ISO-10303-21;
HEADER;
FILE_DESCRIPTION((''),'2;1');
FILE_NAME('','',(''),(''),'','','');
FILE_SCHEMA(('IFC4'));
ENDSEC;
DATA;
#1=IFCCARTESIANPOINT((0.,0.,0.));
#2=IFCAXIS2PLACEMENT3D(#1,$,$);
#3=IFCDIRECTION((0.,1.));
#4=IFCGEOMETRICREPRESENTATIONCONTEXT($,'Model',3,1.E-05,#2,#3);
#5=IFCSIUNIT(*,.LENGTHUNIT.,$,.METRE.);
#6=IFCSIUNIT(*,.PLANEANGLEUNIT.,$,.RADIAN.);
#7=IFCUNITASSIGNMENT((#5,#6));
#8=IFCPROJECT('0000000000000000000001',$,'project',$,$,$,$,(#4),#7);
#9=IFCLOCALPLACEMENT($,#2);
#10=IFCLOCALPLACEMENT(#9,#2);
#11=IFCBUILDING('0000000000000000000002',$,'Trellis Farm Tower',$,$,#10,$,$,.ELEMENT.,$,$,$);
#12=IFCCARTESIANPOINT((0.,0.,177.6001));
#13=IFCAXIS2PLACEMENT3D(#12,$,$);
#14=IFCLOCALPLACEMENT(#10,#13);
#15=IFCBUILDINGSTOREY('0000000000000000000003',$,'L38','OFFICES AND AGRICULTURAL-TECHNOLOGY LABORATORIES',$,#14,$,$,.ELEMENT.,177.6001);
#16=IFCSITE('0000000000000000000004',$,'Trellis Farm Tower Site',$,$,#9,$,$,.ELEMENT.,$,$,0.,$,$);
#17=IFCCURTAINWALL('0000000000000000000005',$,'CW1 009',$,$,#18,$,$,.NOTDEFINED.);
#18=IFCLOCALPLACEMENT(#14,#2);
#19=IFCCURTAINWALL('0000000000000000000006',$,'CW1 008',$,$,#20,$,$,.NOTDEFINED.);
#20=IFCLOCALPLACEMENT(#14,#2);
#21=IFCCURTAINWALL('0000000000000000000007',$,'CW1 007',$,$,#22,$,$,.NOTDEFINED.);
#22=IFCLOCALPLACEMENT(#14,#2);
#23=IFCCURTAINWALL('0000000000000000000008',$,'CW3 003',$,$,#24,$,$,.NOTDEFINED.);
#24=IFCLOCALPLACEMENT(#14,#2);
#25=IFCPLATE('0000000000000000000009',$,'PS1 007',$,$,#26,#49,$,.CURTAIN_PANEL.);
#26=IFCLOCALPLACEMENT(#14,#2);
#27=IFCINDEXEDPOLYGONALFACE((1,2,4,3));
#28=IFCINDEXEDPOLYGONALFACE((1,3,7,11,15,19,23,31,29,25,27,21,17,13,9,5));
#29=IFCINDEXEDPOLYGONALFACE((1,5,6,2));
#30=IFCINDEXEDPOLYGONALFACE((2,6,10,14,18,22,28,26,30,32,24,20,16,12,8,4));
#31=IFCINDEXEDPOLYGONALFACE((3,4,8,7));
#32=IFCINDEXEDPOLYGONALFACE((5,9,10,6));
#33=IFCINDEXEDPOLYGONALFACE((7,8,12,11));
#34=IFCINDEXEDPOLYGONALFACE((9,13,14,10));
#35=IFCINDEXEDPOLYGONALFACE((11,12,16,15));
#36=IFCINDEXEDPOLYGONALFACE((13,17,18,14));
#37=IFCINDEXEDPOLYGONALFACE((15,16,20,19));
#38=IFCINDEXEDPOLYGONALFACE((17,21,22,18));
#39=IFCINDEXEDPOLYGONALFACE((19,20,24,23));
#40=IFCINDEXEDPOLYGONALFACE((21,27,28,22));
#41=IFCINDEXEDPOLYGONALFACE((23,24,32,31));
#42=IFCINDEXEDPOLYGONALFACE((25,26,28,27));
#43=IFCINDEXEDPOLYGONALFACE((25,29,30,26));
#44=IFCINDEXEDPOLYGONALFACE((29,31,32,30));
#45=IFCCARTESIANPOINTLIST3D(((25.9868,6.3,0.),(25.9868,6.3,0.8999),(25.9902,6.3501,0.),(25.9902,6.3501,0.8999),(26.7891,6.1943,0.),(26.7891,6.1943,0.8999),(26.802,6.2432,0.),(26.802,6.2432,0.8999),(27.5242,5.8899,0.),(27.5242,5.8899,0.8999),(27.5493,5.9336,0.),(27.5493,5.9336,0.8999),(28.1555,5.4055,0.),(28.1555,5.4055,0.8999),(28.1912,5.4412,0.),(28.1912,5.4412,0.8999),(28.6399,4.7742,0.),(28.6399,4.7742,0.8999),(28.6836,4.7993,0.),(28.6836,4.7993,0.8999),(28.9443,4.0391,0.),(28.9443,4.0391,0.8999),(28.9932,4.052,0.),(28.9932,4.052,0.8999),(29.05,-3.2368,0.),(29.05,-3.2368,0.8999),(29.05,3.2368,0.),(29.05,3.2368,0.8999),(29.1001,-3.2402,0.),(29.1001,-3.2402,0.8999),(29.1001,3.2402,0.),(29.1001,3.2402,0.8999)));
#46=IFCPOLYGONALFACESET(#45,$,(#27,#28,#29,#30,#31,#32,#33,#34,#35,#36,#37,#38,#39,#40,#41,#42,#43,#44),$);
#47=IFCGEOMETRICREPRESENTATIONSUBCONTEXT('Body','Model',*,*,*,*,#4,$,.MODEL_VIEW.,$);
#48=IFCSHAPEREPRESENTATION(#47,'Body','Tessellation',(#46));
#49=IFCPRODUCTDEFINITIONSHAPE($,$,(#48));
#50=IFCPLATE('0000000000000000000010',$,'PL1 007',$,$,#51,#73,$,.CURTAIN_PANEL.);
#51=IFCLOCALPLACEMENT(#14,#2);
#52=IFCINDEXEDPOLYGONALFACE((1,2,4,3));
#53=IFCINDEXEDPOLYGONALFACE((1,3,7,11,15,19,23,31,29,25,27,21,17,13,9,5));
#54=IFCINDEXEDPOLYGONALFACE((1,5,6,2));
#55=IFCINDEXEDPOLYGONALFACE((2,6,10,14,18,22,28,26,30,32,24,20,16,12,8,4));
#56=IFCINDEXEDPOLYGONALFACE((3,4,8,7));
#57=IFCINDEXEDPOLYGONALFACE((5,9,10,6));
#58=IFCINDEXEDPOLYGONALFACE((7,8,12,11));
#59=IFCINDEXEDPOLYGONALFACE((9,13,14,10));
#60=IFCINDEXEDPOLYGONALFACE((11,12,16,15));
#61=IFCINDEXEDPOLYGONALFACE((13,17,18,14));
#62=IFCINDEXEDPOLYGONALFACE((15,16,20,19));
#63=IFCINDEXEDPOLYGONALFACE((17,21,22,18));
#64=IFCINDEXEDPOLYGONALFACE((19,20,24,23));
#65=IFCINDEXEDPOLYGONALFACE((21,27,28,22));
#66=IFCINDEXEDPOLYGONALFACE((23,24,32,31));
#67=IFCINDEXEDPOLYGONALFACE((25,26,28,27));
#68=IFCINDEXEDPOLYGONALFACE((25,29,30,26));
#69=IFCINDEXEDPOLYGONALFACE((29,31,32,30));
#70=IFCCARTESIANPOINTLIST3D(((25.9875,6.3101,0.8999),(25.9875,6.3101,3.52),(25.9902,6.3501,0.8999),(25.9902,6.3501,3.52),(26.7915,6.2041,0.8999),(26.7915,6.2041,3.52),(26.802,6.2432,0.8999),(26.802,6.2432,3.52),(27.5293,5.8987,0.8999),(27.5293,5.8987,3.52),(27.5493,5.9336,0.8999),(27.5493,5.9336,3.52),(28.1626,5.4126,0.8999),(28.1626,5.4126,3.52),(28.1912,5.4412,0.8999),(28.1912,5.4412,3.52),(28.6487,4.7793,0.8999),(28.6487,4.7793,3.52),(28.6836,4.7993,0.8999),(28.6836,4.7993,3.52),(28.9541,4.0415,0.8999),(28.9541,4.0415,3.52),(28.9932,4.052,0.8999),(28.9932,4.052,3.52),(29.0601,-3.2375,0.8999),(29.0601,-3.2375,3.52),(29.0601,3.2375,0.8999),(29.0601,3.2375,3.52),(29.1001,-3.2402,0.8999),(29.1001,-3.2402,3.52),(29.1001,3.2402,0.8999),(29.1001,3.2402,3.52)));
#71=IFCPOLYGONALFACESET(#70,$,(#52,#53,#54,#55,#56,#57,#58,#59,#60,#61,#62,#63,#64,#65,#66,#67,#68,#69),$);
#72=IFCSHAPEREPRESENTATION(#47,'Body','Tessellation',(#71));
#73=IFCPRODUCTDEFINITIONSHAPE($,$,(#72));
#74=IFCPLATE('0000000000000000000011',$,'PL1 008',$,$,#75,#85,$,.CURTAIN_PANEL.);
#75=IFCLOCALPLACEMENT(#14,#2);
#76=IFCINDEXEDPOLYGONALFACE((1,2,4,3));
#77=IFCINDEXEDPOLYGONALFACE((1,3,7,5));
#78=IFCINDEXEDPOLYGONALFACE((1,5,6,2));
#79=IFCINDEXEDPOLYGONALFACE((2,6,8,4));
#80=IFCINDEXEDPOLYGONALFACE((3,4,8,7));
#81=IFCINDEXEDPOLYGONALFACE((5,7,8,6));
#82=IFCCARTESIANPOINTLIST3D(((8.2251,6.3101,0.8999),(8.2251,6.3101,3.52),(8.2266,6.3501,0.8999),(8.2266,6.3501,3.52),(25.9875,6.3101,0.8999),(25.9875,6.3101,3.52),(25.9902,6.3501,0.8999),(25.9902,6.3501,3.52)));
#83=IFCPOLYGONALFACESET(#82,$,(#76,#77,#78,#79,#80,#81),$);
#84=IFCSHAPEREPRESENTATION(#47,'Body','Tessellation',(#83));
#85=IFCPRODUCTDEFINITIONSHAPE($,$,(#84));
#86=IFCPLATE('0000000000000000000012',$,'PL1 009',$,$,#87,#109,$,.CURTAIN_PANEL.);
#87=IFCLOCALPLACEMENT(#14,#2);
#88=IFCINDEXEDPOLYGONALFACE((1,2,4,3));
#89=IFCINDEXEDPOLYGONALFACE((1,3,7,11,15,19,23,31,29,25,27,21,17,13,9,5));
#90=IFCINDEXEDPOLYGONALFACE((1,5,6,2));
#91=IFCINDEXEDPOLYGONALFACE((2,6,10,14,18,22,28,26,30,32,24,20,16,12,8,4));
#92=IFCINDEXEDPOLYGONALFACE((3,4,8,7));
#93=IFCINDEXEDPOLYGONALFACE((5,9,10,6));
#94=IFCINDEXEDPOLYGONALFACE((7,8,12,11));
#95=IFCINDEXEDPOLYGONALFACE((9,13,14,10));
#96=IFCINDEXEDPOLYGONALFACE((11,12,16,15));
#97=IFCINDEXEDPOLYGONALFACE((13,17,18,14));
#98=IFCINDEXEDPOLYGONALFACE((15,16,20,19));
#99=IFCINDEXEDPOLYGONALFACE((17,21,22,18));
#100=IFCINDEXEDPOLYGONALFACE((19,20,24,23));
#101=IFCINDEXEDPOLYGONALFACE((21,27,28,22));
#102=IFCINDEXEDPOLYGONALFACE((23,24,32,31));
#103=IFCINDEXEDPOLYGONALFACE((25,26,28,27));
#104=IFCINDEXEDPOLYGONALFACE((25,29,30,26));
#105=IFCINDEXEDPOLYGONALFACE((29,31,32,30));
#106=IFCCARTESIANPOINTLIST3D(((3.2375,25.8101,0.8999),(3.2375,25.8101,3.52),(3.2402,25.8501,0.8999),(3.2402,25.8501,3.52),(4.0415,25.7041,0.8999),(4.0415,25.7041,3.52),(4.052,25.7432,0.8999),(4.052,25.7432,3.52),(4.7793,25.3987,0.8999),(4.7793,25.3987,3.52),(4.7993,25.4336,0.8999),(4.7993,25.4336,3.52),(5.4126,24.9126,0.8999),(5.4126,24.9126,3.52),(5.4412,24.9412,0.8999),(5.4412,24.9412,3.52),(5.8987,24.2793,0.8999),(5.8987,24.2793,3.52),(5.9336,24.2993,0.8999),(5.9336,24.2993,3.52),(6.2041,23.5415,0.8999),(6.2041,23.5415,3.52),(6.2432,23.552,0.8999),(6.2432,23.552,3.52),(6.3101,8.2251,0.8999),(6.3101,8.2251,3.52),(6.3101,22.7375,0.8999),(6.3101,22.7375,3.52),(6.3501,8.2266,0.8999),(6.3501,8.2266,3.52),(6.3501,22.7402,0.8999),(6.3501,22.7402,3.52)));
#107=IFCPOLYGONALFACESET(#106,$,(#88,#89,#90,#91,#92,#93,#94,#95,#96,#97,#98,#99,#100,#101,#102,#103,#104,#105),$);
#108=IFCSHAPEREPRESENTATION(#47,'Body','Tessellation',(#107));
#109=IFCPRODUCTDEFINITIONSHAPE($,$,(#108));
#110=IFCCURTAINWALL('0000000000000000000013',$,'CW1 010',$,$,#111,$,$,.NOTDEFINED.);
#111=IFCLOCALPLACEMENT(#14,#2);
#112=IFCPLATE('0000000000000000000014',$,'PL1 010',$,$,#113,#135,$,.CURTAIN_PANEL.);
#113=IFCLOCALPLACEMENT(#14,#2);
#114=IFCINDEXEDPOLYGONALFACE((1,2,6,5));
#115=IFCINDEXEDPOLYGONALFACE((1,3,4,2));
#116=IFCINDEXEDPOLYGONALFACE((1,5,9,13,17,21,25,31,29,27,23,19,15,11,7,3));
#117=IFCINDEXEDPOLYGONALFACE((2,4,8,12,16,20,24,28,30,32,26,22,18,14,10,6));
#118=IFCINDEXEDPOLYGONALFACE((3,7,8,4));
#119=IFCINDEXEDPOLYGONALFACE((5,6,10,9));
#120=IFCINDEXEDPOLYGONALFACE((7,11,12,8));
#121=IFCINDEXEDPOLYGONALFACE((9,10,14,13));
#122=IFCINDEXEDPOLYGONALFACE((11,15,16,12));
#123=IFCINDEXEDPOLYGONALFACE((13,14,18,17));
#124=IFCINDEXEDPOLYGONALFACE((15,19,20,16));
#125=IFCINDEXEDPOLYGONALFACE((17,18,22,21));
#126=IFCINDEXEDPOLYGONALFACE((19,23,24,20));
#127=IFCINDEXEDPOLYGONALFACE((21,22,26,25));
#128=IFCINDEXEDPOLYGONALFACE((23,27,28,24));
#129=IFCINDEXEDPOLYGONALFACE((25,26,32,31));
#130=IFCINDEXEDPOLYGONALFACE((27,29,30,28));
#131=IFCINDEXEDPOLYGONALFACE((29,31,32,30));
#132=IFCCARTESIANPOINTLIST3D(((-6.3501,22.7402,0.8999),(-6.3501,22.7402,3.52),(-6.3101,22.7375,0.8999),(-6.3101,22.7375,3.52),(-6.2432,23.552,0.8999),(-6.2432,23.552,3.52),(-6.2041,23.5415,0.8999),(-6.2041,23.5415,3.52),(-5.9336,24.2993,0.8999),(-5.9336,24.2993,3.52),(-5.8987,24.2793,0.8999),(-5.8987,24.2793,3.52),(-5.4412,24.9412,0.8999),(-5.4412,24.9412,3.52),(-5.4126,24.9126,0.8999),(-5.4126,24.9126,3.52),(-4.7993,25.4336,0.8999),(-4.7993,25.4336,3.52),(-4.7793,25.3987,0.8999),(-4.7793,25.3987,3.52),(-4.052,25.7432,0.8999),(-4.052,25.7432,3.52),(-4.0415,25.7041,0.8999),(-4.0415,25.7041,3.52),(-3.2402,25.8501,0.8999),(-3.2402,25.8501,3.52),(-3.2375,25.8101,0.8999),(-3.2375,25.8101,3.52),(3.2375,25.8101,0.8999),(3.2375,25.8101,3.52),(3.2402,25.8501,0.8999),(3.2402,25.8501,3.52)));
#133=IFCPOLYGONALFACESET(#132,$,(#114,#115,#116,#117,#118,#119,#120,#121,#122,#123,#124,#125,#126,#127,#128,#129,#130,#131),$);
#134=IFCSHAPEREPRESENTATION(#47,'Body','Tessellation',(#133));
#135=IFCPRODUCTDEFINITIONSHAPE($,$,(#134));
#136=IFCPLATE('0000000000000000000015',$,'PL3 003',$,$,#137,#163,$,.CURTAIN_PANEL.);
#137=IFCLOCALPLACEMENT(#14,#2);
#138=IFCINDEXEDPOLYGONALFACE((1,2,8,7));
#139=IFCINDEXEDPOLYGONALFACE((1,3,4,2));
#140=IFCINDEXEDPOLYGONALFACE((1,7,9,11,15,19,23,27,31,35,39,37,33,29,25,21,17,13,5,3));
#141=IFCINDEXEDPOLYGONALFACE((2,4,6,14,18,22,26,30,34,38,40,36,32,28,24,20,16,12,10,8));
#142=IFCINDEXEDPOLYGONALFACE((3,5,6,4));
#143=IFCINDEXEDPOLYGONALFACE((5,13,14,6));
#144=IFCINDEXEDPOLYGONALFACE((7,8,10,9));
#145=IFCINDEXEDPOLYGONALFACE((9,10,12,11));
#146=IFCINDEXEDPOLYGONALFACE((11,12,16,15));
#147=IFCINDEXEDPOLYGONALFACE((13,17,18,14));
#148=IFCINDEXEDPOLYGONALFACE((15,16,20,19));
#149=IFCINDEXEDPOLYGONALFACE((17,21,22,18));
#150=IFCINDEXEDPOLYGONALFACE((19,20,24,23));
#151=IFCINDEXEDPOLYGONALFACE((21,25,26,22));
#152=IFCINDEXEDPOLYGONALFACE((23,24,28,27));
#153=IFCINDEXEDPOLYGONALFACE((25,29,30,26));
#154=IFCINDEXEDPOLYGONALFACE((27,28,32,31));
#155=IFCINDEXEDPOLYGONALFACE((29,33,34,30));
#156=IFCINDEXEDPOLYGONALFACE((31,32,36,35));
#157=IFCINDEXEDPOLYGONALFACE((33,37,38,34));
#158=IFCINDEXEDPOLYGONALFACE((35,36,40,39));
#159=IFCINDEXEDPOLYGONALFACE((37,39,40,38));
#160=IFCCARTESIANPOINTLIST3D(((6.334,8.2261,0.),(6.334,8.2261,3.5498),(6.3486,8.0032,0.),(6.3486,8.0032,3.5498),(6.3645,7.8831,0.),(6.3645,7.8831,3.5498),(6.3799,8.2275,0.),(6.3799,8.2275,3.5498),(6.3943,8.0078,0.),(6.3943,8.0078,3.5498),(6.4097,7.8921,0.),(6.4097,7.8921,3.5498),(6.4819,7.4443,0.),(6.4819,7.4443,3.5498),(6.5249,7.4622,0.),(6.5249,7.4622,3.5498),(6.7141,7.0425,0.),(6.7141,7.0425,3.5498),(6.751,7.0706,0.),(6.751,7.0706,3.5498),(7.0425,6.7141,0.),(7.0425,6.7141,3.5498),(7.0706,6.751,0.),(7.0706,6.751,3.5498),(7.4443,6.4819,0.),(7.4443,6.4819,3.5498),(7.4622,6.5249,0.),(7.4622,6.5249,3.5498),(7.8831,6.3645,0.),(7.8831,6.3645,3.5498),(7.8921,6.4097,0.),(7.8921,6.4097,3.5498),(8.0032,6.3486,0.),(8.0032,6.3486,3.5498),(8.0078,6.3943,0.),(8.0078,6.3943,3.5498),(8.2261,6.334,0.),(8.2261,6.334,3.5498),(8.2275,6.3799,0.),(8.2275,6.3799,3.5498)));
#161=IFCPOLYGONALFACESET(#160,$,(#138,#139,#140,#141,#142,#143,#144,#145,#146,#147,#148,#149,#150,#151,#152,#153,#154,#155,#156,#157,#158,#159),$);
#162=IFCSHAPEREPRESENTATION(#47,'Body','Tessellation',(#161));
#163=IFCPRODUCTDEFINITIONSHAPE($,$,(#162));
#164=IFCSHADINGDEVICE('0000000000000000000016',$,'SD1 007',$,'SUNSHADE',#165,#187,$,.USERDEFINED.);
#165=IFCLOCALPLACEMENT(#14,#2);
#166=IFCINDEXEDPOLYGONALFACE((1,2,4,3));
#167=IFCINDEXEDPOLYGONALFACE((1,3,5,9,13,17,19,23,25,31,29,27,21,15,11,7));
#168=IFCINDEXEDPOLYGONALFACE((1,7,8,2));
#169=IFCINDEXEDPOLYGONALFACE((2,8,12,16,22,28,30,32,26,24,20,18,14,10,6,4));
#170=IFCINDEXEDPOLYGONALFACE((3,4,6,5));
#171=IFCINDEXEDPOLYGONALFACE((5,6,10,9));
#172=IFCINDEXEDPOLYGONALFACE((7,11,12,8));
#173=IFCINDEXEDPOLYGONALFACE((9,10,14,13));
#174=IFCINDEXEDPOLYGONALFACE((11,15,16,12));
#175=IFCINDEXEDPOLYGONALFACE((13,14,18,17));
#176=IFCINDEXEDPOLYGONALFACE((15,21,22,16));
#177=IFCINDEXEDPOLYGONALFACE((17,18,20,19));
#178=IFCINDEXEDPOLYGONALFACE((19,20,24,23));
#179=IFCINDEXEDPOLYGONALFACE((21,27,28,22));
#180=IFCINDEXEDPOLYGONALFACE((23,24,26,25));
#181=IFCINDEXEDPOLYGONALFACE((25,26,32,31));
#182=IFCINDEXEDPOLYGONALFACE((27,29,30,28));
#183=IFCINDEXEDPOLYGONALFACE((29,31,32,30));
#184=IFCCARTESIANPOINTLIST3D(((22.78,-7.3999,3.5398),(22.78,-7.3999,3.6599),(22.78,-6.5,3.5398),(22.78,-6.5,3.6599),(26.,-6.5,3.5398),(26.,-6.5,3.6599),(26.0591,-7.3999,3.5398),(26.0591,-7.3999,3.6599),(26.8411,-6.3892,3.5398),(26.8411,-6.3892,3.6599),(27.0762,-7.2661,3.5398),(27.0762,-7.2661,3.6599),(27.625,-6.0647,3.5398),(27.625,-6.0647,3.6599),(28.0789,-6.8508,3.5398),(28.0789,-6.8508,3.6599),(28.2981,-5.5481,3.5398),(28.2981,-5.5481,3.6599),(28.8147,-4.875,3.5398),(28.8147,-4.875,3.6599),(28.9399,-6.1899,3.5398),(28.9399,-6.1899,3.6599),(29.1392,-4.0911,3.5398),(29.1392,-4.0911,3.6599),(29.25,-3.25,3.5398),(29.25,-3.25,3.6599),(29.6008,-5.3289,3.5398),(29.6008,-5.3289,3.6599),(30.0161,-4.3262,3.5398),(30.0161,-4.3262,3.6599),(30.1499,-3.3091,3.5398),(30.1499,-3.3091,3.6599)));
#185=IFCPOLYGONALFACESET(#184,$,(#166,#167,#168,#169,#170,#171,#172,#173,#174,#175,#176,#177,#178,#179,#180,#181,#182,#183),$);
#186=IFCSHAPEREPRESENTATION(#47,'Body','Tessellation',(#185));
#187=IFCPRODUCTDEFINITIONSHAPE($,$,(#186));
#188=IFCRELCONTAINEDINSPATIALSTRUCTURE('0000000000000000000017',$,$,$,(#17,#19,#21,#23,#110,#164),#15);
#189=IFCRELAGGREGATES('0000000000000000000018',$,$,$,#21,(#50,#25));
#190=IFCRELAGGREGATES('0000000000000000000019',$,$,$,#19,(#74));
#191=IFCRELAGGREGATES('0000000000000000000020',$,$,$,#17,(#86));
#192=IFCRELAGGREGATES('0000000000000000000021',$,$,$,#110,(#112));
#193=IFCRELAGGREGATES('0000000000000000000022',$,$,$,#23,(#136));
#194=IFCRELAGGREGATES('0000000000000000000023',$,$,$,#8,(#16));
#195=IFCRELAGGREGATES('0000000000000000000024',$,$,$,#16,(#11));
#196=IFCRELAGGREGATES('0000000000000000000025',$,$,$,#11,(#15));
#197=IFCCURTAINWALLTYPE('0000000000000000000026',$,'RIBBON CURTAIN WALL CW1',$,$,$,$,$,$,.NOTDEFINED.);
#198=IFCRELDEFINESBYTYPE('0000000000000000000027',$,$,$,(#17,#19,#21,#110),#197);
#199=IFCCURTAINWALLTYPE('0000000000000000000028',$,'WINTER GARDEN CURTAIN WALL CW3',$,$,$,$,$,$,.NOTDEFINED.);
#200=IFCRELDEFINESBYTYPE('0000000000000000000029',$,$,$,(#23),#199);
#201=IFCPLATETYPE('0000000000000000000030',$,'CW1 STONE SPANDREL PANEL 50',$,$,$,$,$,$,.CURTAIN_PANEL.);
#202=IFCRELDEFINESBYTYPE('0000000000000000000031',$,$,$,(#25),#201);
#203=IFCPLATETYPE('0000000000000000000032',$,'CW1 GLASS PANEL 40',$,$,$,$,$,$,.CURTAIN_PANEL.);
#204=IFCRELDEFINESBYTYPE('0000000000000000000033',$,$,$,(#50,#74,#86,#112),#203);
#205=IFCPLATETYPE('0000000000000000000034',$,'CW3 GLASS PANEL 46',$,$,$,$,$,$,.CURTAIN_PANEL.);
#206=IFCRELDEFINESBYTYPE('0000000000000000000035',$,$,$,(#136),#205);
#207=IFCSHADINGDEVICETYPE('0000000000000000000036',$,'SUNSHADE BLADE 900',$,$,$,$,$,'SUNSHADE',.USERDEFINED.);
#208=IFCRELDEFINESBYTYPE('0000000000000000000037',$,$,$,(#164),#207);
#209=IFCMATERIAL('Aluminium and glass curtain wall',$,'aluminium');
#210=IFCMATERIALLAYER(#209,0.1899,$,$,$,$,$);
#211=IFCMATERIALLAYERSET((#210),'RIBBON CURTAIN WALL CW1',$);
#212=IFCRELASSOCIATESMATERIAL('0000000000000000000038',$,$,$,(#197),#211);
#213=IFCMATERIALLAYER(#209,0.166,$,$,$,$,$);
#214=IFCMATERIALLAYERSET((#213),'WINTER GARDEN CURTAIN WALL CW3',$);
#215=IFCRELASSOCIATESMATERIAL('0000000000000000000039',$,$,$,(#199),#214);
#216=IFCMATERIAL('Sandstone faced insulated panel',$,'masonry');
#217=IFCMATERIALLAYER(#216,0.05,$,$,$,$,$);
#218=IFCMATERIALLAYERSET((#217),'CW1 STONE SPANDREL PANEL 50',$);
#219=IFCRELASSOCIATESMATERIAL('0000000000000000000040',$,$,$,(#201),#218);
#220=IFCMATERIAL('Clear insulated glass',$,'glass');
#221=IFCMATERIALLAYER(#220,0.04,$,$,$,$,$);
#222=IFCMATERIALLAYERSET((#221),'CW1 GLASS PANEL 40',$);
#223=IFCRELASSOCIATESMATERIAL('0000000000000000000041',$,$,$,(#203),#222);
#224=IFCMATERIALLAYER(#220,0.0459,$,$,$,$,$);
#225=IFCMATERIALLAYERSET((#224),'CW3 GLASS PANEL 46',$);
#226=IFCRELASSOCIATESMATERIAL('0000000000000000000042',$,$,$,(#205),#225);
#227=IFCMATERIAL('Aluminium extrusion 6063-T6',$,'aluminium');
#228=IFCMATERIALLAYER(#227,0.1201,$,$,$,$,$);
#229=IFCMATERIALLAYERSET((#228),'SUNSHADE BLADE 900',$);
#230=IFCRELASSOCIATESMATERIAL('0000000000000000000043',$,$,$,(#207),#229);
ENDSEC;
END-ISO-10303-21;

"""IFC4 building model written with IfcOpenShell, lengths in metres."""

from ifc_helpers import new_model, si_unit, direction, frame, origin, place, context, subcontext, project, spatial, polyline, outline, extrude, source, transform, mapped, material, layer, layer_set, type_object, element, aggregate, save


model = new_model("IFC4")

# Units and contexts
model_context = context("Model", 3, precision=1e-05, world=origin(), true_north=direction((0.0, 1.0)))
body_context = subcontext(model_context, "Body", "Model", "MODEL_VIEW")
ifc_project = project(units=[si_unit("LENGTHUNIT", "METRE"), si_unit("PLANEANGLEUNIT", "RADIAN")], contexts=[model_context])

# Site, building, storey
site_placement = place(None, origin())
site = spatial("IfcSite", under=ifc_project, at=site_placement, Name="Trellis Farm Tower Site", CompositionType="ELEMENT", RefElevation=0.0)
building_placement = place(site_placement, origin())
building = spatial("IfcBuilding", under=site, at=building_placement, Name="Trellis Farm Tower", CompositionType="ELEMENT")
storey_placement = place(building_placement, frame((0.0, 0.0, 177.6001)))
storey = spatial("IfcBuildingStorey", under=building, at=storey_placement, Name="L38", Description="OFFICES AND AGRICULTURAL-TECHNOLOGY LABORATORIES", CompositionType="ELEMENT", Elevation=177.6001)

# Curtain walls
ifc_material_1 = material(Name="Aluminium and glass curtain wall", Category="aluminium")
ifc_layer_1 = layer(ifc_material_1, 0.1899)
ifc_layer_set_1 = layer_set([ifc_layer_1], Name="RIBBON CURTAIN WALL CW1")
curtain_wall_type_1 = type_object("IfcCurtainWallType", Name="RIBBON CURTAIN WALL CW1", PredefinedType="NOTDEFINED", material=ifc_layer_set_1)
placement_1 = place(storey_placement, origin())
curtain_wall_1 = element("IfcCurtainWall", 1, at=placement_1, inside=storey, type_object=curtain_wall_type_1, Name="CW1 009", PredefinedType="NOTDEFINED")
ifc_material_2 = material(Name="Aluminium extrusion 6063-T6", Category="aluminium")
curtain_wall_2 = element("IfcCurtainWall", 2, at=placement_1, inside=storey, type_object=curtain_wall_type_1, Name="CW1 008", PredefinedType="NOTDEFINED")
curtain_wall_3 = element("IfcCurtainWall", 3, at=placement_1, inside=storey, type_object=curtain_wall_type_1, Name="CW1 007", PredefinedType="NOTDEFINED")
ifc_layer_2 = layer(ifc_material_1, 0.166)
ifc_layer_set_2 = layer_set([ifc_layer_2], Name="WINTER GARDEN CURTAIN WALL CW3")
curtain_wall_type_2 = type_object("IfcCurtainWallType", Name="WINTER GARDEN CURTAIN WALL CW3", PredefinedType="NOTDEFINED", material=ifc_layer_set_2)
curtain_wall_4 = element("IfcCurtainWall", 4, at=placement_1, inside=storey, type_object=curtain_wall_type_2, Name="CW3 003", PredefinedType="NOTDEFINED")

# Plates
ifc_material_3 = material(Name="Sandstone faced insulated panel", Category="masonry")
ifc_layer_3 = layer(ifc_material_3, 0.05)
ifc_layer_set_3 = layer_set([ifc_layer_3], Name="CW1 STONE SPANDREL PANEL 50")
plate_type_1 = type_object("IfcPlateType", Name="CW1 STONE SPANDREL PANEL 50", PredefinedType="CURTAIN_PANEL", material=ifc_layer_set_3)
shared_shape_1 = source(origin(), body_context, "Body", "SweptSolid", [
    extrude(outline(polyline([(29.1001, -3.2402), (29.1001, 3.2402), (28.9932, 4.052), (28.6836, 4.7993), (28.1912, 5.4412), (27.5493, 5.9336), (26.802, 6.2432), (25.9902, 6.3501), (25.9868, 6.3), (26.7891, 6.1943), (27.5242, 5.8899), (28.1555, 5.4055), (28.6399, 4.7742), (28.9443, 4.0391), (29.05, 3.2368), (29.05, -3.2368), (29.1001, -3.2402)])), origin(), (0.0, 0.0, 1.0), 0.8999),
])
plate_1 = element("IfcPlate", 5, at=placement_1, type_object=plate_type_1, Name="PS1 007", PredefinedType="CURTAIN_PANEL", context=body_context, shape_type="MappedRepresentation", body=[
    mapped(shared_shape_1, transform((0.0, 0.0, 0.0))),
])
ifc_material_4 = material(Name="Clear insulated glass", Category="glass")
ifc_layer_4 = layer(ifc_material_4, 0.04)
ifc_layer_set_4 = layer_set([ifc_layer_4], Name="CW1 GLASS PANEL 40")
plate_type_2 = type_object("IfcPlateType", Name="CW1 GLASS PANEL 40", PredefinedType="CURTAIN_PANEL", material=ifc_layer_set_4)
shared_shape_2 = source(origin(), body_context, "Body", "SweptSolid", [
    extrude(outline(polyline([(29.1001, -3.2402), (29.1001, 3.2402), (28.9932, 4.052), (28.6836, 4.7993), (28.1912, 5.4412), (27.5493, 5.9336), (26.802, 6.2432), (25.9902, 6.3501), (25.9875, 6.3101), (26.7915, 6.2041), (27.5293, 5.8987), (28.1626, 5.4126), (28.6487, 4.7793), (28.9541, 4.0415), (29.0601, 3.2375), (29.0601, -3.2375), (29.1001, -3.2402)])), origin(), (0.0, 0.0, 1.0), 2.6201),
])
placement_2 = place(storey_placement, frame((0.0, 0.0, 0.8999)))
plate_2 = element("IfcPlate", 6, at=placement_2, type_object=plate_type_2, Name="PL1 007", PredefinedType="CURTAIN_PANEL", context=body_context, shape_type="MappedRepresentation", body=[
    mapped(shared_shape_2, transform((0.0, 0.0, 0.0))),
])
aggregate(curtain_wall_3, [plate_2, plate_1])
shared_shape_3 = source(origin(), body_context, "Body", "SweptSolid", [
    extrude(outline(polyline([(25.9902, 6.3501), (8.2266, 6.3501), (8.2251, 6.3101), (25.9875, 6.3101), (25.9902, 6.3501)])), origin(), (0.0, 0.0, 1.0), 2.6201),
])
plate_3 = element("IfcPlate", 7, at=placement_2, type_object=plate_type_2, Name="PL1 008", PredefinedType="CURTAIN_PANEL", context=body_context, shape_type="MappedRepresentation", body=[
    mapped(shared_shape_3, transform((0.0, 0.0, 0.0))),
])
aggregate(curtain_wall_2, [plate_3])
shared_shape_4 = source(origin(), body_context, "Body", "SweptSolid", [
    extrude(outline(polyline([(6.3501, 8.2266), (6.3501, 22.7402), (6.2432, 23.552), (5.9336, 24.2993), (5.4412, 24.9412), (4.7993, 25.4336), (4.052, 25.7432), (3.2402, 25.8501), (3.2375, 25.8101), (4.0415, 25.7041), (4.7793, 25.3987), (5.4126, 24.9126), (5.8987, 24.2793), (6.2041, 23.5415), (6.3101, 22.7375), (6.3101, 8.2251), (6.3501, 8.2266)])), origin(), (0.0, 0.0, 1.0), 2.6201),
])
plate_4 = element("IfcPlate", 8, at=placement_2, type_object=plate_type_2, Name="PL1 009", PredefinedType="CURTAIN_PANEL", context=body_context, shape_type="MappedRepresentation", body=[
    mapped(shared_shape_4, transform((0.0, 0.0, 0.0))),
])
aggregate(curtain_wall_1, [plate_4])

# Curtain wall, plate
curtain_wall_5 = element("IfcCurtainWall", 9, at=placement_1, inside=storey, type_object=curtain_wall_type_1, Name="CW1 010", PredefinedType="NOTDEFINED")
shared_shape_5 = source(origin(), body_context, "Body", "SweptSolid", [
    extrude(outline(polyline([(3.2402, 25.8501), (-3.2402, 25.8501), (-4.052, 25.7432), (-4.7993, 25.4336), (-5.4412, 24.9412), (-5.9336, 24.2993), (-6.2432, 23.552), (-6.3501, 22.7402), (-6.3101, 22.7375), (-6.2041, 23.5415), (-5.8987, 24.2793), (-5.4126, 24.9126), (-4.7793, 25.3987), (-4.0415, 25.7041), (-3.2375, 25.8101), (3.2375, 25.8101), (3.2402, 25.8501)])), origin(), (0.0, 0.0, 1.0), 2.6201),
])
plate_5 = element("IfcPlate", 10, at=placement_2, type_object=plate_type_2, Name="PL1 010", PredefinedType="CURTAIN_PANEL", context=body_context, shape_type="MappedRepresentation", body=[
    mapped(shared_shape_5, transform((0.0, 0.0, 0.0))),
])
aggregate(curtain_wall_5, [plate_5])

# Plate
ifc_layer_5 = layer(ifc_material_4, 0.0459)
ifc_layer_set_5 = layer_set([ifc_layer_5], Name="CW3 GLASS PANEL 46")
plate_type_3 = type_object("IfcPlateType", Name="CW3 GLASS PANEL 46", PredefinedType="CURTAIN_PANEL", material=ifc_layer_set_5)
shared_shape_6 = source(origin(), body_context, "Body", "SweptSolid", [
    extrude(outline(polyline([(8.2275, 6.3799), (8.0078, 6.3943), (7.8921, 6.4097), (7.4622, 6.5249), (7.0706, 6.751), (6.751, 7.0706), (6.5249, 7.4622), (6.4097, 7.8921), (6.3943, 8.0078), (6.3799, 8.2275), (6.334, 8.2261), (6.3486, 8.0032), (6.3645, 7.8831), (6.4819, 7.4443), (6.7141, 7.0425), (7.0425, 6.7141), (7.4443, 6.4819), (7.8831, 6.3645), (8.0032, 6.3486), (8.2261, 6.334), (8.2275, 6.3799)])), origin(), (0.0, 0.0, 1.0), 3.5498),
])
plate_6 = element("IfcPlate", 11, at=placement_1, type_object=plate_type_3, Name="PL3 003", PredefinedType="CURTAIN_PANEL", context=body_context, shape_type="MappedRepresentation", body=[
    mapped(shared_shape_6, transform((0.0, 0.0, 0.0))),
])
aggregate(curtain_wall_4, [plate_6])

# Shading device
ifc_layer_6 = layer(ifc_material_2, 0.1201)
ifc_layer_set_6 = layer_set([ifc_layer_6], Name="SUNSHADE BLADE 900")
shading_device_type_1 = type_object("IfcShadingDeviceType", Name="SUNSHADE BLADE 900", ElementType="SUNSHADE", PredefinedType="USERDEFINED", material=ifc_layer_set_6)
shared_shape_7 = source(origin(), body_context, "Body", "SweptSolid", [
    extrude(outline(polyline([(22.78, -7.3999), (26.0591, -7.3999), (27.0762, -7.2661), (28.0789, -6.8508), (28.9399, -6.1899), (29.6008, -5.3289), (30.0161, -4.3262), (30.1499, -3.3091), (29.25, -3.25), (29.1392, -4.0911), (28.8147, -4.875), (28.2981, -5.5481), (27.625, -6.0647), (26.8411, -6.3892), (26.0, -6.5), (22.78, -6.5), (22.78, -7.3999)])), origin(), (0.0, 0.0, 1.0), 0.1201),
])
placement_3 = place(storey_placement, frame((0.0, 0.0, 3.5398)))
element("IfcShadingDevice", 12, at=placement_3, inside=storey, type_object=shading_device_type_1, Name="SD1 007", ObjectType="SUNSHADE", PredefinedType="USERDEFINED", context=body_context, shape_type="MappedRepresentation", body=[
    mapped(shared_shape_7, transform((0.0, 0.0, 0.0))),
])

save(model, "model.ifc")
